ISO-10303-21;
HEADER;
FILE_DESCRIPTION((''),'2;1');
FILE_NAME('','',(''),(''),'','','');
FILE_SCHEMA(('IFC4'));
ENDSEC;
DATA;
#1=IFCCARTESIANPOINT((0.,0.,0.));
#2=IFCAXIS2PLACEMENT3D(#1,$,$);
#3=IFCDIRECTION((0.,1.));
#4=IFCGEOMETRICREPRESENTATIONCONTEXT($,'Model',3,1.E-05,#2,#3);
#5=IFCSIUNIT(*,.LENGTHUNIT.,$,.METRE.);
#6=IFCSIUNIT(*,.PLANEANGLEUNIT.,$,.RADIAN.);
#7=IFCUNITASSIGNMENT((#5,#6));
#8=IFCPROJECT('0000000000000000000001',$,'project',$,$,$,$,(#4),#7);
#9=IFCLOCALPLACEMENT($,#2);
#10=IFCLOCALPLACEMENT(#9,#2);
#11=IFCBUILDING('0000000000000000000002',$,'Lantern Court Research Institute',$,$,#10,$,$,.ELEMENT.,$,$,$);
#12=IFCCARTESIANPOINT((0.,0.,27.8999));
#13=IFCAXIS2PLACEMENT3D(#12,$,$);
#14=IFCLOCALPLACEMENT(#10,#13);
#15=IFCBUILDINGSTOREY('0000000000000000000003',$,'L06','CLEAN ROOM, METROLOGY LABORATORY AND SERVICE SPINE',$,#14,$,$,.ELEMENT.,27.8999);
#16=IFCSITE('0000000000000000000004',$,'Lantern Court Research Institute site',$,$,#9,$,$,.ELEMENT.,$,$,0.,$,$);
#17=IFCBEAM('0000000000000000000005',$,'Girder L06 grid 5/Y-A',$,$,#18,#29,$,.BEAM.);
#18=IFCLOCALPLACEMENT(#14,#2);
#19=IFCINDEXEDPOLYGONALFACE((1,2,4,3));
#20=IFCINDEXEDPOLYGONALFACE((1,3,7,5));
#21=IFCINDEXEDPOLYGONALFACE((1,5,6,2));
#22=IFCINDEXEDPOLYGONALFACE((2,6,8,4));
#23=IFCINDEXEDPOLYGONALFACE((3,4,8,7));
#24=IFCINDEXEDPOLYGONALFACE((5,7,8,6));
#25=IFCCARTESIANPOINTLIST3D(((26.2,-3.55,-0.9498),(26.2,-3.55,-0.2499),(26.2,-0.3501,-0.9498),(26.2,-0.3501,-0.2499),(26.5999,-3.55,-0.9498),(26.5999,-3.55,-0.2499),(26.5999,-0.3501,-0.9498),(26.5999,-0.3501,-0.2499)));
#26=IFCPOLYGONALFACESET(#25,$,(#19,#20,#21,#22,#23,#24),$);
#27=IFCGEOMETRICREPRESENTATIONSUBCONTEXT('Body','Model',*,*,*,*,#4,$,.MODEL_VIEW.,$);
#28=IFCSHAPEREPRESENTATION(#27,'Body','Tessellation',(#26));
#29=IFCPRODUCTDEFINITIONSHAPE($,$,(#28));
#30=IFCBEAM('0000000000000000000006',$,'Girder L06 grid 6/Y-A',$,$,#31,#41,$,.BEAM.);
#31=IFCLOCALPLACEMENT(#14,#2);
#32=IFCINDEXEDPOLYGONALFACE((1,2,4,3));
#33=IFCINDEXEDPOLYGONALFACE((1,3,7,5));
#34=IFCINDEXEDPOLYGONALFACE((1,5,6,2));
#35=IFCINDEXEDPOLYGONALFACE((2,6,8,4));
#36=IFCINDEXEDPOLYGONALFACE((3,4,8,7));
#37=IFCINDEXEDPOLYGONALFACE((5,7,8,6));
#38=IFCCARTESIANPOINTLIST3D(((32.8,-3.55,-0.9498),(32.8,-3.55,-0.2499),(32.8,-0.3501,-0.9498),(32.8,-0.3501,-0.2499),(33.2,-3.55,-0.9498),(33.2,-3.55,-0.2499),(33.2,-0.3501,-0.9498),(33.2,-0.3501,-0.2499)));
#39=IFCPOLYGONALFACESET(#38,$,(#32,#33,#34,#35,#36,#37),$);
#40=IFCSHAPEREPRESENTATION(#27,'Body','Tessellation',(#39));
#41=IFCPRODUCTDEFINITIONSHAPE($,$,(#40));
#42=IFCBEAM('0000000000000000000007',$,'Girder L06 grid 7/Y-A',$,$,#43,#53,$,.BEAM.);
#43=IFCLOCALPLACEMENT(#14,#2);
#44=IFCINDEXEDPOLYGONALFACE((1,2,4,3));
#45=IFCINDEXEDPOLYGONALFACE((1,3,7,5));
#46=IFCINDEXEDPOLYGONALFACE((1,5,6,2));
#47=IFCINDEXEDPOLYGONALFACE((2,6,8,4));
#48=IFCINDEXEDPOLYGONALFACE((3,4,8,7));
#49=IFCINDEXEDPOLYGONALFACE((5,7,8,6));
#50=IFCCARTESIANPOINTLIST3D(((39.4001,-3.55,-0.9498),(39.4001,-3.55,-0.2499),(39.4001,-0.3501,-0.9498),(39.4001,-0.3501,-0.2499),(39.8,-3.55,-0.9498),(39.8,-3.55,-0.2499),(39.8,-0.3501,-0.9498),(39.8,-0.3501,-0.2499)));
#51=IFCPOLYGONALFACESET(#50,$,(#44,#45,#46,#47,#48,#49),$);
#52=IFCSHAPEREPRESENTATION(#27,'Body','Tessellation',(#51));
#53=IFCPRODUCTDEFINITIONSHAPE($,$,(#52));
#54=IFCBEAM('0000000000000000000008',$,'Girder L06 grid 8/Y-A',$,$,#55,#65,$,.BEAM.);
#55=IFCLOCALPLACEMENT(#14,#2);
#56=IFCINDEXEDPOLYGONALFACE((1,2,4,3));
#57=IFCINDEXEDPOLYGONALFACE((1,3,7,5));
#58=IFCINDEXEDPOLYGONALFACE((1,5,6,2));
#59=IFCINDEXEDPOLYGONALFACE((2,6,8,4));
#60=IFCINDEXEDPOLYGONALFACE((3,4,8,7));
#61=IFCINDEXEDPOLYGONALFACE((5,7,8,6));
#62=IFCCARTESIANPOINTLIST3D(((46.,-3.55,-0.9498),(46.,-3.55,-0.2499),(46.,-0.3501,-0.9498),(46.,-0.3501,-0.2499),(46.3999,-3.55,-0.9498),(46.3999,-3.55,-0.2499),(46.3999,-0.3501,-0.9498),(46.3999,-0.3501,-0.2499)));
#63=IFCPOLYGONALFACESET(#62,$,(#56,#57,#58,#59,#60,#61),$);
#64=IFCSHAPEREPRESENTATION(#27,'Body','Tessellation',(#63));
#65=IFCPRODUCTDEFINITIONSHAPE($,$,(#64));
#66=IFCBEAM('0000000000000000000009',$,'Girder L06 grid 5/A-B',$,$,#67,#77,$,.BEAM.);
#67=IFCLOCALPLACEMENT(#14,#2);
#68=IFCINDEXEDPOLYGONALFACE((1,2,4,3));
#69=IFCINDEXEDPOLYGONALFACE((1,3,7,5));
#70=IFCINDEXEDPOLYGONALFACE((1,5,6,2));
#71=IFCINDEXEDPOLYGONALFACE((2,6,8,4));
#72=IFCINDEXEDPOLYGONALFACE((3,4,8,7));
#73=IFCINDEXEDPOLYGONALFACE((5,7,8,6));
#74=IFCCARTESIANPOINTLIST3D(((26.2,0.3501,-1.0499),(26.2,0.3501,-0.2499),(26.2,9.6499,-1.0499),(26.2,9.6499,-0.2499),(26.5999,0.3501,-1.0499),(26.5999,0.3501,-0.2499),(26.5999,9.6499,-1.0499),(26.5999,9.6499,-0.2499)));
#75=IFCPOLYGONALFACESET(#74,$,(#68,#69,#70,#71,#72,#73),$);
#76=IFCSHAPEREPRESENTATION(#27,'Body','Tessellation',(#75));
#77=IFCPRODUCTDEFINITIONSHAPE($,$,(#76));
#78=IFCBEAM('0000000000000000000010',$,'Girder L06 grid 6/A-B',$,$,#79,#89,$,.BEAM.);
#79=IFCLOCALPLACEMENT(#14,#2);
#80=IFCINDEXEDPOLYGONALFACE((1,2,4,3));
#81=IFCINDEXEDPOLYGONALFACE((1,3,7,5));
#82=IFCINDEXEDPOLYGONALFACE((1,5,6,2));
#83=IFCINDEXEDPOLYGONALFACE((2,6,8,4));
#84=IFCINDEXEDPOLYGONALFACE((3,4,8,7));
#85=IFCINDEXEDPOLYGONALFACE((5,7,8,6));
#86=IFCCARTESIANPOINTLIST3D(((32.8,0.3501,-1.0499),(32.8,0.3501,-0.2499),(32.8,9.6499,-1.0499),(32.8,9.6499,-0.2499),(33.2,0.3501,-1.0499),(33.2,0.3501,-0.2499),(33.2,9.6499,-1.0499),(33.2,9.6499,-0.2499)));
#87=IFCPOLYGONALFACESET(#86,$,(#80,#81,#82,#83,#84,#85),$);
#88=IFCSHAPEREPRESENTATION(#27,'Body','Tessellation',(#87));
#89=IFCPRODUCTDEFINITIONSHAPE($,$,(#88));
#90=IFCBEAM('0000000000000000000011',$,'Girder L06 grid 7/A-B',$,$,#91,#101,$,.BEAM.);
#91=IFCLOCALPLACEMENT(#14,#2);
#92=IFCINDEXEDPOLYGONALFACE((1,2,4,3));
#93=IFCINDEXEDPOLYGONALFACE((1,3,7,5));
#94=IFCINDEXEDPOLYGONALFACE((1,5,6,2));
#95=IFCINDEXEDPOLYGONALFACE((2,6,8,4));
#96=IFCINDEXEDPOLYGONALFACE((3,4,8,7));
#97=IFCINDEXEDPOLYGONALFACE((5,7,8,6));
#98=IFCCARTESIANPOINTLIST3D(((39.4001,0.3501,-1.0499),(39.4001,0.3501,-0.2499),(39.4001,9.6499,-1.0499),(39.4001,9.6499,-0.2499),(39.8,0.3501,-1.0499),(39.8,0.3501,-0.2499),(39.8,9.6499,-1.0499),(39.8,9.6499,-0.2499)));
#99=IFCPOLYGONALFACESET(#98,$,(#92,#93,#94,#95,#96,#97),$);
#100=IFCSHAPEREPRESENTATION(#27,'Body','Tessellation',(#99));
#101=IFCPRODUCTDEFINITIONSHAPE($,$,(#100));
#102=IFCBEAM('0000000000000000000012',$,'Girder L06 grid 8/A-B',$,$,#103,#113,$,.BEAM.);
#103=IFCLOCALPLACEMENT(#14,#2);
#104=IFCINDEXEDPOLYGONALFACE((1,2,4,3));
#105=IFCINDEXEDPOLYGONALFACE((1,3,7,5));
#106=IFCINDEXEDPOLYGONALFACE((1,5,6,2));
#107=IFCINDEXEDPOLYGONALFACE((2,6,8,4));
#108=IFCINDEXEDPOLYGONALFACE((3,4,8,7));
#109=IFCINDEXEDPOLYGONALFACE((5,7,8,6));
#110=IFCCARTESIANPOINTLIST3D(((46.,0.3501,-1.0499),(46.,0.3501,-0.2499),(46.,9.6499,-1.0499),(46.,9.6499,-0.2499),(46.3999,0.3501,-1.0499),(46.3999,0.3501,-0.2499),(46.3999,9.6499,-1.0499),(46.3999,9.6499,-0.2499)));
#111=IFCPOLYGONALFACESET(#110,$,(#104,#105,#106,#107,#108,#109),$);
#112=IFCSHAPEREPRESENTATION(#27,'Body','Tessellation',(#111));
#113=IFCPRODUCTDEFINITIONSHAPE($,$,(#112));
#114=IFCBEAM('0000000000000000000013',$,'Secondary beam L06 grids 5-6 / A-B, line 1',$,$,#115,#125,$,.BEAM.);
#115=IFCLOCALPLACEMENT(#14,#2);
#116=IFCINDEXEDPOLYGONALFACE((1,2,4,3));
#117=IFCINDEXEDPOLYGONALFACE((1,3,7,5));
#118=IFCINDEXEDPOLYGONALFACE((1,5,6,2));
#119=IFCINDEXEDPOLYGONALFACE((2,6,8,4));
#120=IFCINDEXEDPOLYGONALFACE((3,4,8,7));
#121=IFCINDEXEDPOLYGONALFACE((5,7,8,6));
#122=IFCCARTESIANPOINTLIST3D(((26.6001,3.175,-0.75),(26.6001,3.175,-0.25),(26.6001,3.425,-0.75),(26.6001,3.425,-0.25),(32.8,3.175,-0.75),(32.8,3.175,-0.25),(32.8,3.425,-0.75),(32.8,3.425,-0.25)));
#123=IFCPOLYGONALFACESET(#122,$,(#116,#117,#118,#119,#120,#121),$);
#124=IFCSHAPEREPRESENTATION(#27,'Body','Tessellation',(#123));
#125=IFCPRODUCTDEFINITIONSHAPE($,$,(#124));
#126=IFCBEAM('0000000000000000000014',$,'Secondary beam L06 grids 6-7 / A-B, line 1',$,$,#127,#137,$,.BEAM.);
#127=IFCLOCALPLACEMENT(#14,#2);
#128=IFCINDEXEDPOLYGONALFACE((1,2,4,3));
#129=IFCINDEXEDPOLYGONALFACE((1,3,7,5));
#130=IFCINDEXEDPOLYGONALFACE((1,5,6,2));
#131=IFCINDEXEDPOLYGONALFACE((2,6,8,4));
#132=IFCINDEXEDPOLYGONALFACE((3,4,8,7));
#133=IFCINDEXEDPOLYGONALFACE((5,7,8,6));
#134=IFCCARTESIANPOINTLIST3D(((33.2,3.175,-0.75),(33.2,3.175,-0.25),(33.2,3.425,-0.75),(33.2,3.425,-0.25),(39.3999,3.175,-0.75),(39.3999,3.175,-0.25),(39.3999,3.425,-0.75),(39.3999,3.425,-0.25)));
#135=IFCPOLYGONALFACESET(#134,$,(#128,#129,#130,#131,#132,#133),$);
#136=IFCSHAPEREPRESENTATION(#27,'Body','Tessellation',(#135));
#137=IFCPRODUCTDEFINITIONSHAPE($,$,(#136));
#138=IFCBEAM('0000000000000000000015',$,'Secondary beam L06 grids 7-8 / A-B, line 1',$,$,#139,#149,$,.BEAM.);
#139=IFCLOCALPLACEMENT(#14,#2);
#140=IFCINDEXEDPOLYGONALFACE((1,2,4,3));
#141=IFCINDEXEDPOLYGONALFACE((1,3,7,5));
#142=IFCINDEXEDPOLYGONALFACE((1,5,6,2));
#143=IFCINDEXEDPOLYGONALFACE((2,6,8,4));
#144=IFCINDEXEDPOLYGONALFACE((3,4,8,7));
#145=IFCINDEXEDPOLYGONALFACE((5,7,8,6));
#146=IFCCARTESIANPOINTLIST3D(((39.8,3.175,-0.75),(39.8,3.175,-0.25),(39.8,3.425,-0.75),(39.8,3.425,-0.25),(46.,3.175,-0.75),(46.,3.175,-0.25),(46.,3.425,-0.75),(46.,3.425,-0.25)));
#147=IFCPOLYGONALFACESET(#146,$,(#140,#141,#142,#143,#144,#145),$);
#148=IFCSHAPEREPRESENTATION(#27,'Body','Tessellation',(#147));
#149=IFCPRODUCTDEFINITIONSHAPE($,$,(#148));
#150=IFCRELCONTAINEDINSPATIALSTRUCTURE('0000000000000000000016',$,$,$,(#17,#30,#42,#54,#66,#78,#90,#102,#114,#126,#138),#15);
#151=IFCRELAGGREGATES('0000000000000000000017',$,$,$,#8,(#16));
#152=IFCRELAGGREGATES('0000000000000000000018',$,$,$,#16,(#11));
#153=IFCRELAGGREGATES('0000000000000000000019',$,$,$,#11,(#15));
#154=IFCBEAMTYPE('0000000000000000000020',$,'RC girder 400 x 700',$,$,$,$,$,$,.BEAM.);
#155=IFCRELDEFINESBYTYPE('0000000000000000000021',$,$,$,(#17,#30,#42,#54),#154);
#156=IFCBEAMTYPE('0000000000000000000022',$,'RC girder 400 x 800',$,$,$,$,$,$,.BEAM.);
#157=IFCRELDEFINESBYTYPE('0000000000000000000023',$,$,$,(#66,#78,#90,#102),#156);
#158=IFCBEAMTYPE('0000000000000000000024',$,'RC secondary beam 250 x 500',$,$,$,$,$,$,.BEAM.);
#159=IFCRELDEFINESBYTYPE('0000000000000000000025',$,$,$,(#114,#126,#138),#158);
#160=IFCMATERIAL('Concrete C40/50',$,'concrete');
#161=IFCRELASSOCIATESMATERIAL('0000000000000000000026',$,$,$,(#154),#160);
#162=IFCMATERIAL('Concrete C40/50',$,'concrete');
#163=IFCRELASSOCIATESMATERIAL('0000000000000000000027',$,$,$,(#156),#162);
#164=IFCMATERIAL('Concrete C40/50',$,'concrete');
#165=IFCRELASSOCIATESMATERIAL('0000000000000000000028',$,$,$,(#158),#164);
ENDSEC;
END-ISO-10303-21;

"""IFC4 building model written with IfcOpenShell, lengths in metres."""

from ifc_helpers import new_model, si_unit, direction, frame, origin, origin_2d, place, context, subcontext, project, spatial, rectangle, extrude, material, material_profile, profile_set, type_object, element, save


model = new_model("IFC4")

# Units and contexts
model_context = context("Model", 3, precision=1e-05, world=origin(), true_north=direction((0.0, 1.0)))
body_context = subcontext(model_context, "Body", "Model", "MODEL_VIEW")
ifc_project = project(units=[si_unit("LENGTHUNIT", "METRE"), si_unit("PLANEANGLEUNIT", "RADIAN")], contexts=[model_context])

# Site, building, storey
site_placement = place(None, origin())
site = spatial("IfcSite", under=ifc_project, at=site_placement, Name="Lantern Court Research Institute site", CompositionType="ELEMENT", RefElevation=0.0)
building_placement = place(site_placement, origin())
building = spatial("IfcBuilding", under=site, at=building_placement, Name="Lantern Court Research Institute", CompositionType="ELEMENT")
storey_placement = place(building_placement, frame((0.0, 0.0, 27.8999)))
storey = spatial("IfcBuildingStorey", under=building, at=storey_placement, Name="L06", Description="CLEAN ROOM, METROLOGY LABORATORY AND SERVICE SPINE", CompositionType="ELEMENT", Elevation=27.8999)

# Beams
ifc_material_1 = material(Name="Concrete C40/50", Category="concrete")
ifc_material_profile_1 = material_profile(ifc_material_1, rectangle(XDim=0.3999, YDim=0.7, at=origin_2d()), Name="RC beam 400 x 700")
ifc_profile_set_1 = profile_set([ifc_material_profile_1], Name="Concrete C40/50")
beam_type_1 = type_object("IfcBeamType", Name="RC girder 400 x 700", PredefinedType="BEAM", material=ifc_profile_set_1)
for number, where, z_axis, x_axis, name in (
    (1, (26.3999, -3.55, -0.5999), (0.0, 1.0, 0.0), (-1.0, 0.0, 0.0), "Girder L06 grid 5/Y-A"),
    (2, (33.0, -3.55, -0.5999), (0.0, 1.0, 0.0), (-1.0, 0.0, 0.0), "Girder L06 grid 6/Y-A"),
    (3, (39.6001, -3.55, -0.5999), (0.0, 1.0, 0.0), (-1.0, 0.0, 0.0), "Girder L06 grid 7/Y-A"),
    (4, (46.2, -3.55, -0.5999), (0.0, 1.0, 0.0), (-1.0, 0.0, 0.0), "Girder L06 grid 8/Y-A"),
):
    element("IfcBeam", number, at=place(storey_placement, frame(where, z_axis=z_axis, x_axis=x_axis)), inside=storey, type_object=beam_type_1, Name=name, PredefinedType="BEAM", context=body_context, shape_type="SweptSolid", body=[
        extrude(rectangle(XDim=0.3999, YDim=0.7, at=origin_2d()), origin(), (0.0, 0.0, 1.0), 3.2),
    ])
ifc_material_2 = material(Name="Concrete C40/50", Category="concrete")
ifc_material_profile_2 = material_profile(ifc_material_2, rectangle(XDim=0.3999, YDim=0.8, at=origin_2d()), Name="RC beam 400 x 800")
ifc_profile_set_2 = profile_set([ifc_material_profile_2], Name="Concrete C40/50")
beam_type_2 = type_object("IfcBeamType", Name="RC girder 400 x 800", PredefinedType="BEAM", material=ifc_profile_set_2)
for number, where, z_axis, x_axis, name in (
    (5, (26.3999, 0.3501, -0.6499), (0.0, 1.0, 0.0), (-1.0, 0.0, 0.0), "Girder L06 grid 5/A-B"),
    (6, (33.0, 0.3501, -0.6499), (0.0, 1.0, 0.0), (-1.0, 0.0, 0.0), "Girder L06 grid 6/A-B"),
    (7, (39.6001, 0.3501, -0.6499), (0.0, 1.0, 0.0), (-1.0, 0.0, 0.0), "Girder L06 grid 7/A-B"),
    (8, (46.2, 0.3501, -0.6499), (0.0, 1.0, 0.0), (-1.0, 0.0, 0.0), "Girder L06 grid 8/A-B"),
):
    element("IfcBeam", number, at=place(storey_placement, frame(where, z_axis=z_axis, x_axis=x_axis)), inside=storey, type_object=beam_type_2, Name=name, PredefinedType="BEAM", context=body_context, shape_type="SweptSolid", body=[
        extrude(rectangle(XDim=0.3999, YDim=0.8, at=origin_2d()), origin(), (0.0, 0.0, 1.0), 9.2998),
    ])
ifc_material_3 = material(Name="Concrete C40/50", Category="concrete")
ifc_material_profile_3 = material_profile(ifc_material_3, rectangle(XDim=0.25, YDim=0.5, at=origin_2d()), Name="RC beam 250 x 500")
ifc_profile_set_3 = profile_set([ifc_material_profile_3], Name="Concrete C40/50")
beam_type_3 = type_object("IfcBeamType", Name="RC secondary beam 250 x 500", PredefinedType="BEAM", material=ifc_profile_set_3)
for number, where, z_axis, x_axis, name in (
    (9, (26.6001, 3.3, -0.5), (1.0, 0.0, 0.0), (0.0, 1.0, 0.0), "Secondary beam L06 grids 5-6 / A-B, line 1"),
    (10, (33.2, 3.3, -0.5), (1.0, 0.0, 0.0), (0.0, 1.0, 0.0), "Secondary beam L06 grids 6-7 / A-B, line 1"),
    (11, (39.8, 3.3, -0.5), (1.0, 0.0, 0.0), (0.0, 1.0, 0.0), "Secondary beam L06 grids 7-8 / A-B, line 1"),
):
    element("IfcBeam", number, at=place(storey_placement, frame(where, z_axis=z_axis, x_axis=x_axis)), inside=storey, type_object=beam_type_3, Name=name, PredefinedType="BEAM", context=body_context, shape_type="SweptSolid", body=[
        extrude(rectangle(XDim=0.25, YDim=0.5, at=origin_2d()), origin(), (0.0, 0.0, 1.0), 6.2),
    ])

save(model, "model.ifc")
